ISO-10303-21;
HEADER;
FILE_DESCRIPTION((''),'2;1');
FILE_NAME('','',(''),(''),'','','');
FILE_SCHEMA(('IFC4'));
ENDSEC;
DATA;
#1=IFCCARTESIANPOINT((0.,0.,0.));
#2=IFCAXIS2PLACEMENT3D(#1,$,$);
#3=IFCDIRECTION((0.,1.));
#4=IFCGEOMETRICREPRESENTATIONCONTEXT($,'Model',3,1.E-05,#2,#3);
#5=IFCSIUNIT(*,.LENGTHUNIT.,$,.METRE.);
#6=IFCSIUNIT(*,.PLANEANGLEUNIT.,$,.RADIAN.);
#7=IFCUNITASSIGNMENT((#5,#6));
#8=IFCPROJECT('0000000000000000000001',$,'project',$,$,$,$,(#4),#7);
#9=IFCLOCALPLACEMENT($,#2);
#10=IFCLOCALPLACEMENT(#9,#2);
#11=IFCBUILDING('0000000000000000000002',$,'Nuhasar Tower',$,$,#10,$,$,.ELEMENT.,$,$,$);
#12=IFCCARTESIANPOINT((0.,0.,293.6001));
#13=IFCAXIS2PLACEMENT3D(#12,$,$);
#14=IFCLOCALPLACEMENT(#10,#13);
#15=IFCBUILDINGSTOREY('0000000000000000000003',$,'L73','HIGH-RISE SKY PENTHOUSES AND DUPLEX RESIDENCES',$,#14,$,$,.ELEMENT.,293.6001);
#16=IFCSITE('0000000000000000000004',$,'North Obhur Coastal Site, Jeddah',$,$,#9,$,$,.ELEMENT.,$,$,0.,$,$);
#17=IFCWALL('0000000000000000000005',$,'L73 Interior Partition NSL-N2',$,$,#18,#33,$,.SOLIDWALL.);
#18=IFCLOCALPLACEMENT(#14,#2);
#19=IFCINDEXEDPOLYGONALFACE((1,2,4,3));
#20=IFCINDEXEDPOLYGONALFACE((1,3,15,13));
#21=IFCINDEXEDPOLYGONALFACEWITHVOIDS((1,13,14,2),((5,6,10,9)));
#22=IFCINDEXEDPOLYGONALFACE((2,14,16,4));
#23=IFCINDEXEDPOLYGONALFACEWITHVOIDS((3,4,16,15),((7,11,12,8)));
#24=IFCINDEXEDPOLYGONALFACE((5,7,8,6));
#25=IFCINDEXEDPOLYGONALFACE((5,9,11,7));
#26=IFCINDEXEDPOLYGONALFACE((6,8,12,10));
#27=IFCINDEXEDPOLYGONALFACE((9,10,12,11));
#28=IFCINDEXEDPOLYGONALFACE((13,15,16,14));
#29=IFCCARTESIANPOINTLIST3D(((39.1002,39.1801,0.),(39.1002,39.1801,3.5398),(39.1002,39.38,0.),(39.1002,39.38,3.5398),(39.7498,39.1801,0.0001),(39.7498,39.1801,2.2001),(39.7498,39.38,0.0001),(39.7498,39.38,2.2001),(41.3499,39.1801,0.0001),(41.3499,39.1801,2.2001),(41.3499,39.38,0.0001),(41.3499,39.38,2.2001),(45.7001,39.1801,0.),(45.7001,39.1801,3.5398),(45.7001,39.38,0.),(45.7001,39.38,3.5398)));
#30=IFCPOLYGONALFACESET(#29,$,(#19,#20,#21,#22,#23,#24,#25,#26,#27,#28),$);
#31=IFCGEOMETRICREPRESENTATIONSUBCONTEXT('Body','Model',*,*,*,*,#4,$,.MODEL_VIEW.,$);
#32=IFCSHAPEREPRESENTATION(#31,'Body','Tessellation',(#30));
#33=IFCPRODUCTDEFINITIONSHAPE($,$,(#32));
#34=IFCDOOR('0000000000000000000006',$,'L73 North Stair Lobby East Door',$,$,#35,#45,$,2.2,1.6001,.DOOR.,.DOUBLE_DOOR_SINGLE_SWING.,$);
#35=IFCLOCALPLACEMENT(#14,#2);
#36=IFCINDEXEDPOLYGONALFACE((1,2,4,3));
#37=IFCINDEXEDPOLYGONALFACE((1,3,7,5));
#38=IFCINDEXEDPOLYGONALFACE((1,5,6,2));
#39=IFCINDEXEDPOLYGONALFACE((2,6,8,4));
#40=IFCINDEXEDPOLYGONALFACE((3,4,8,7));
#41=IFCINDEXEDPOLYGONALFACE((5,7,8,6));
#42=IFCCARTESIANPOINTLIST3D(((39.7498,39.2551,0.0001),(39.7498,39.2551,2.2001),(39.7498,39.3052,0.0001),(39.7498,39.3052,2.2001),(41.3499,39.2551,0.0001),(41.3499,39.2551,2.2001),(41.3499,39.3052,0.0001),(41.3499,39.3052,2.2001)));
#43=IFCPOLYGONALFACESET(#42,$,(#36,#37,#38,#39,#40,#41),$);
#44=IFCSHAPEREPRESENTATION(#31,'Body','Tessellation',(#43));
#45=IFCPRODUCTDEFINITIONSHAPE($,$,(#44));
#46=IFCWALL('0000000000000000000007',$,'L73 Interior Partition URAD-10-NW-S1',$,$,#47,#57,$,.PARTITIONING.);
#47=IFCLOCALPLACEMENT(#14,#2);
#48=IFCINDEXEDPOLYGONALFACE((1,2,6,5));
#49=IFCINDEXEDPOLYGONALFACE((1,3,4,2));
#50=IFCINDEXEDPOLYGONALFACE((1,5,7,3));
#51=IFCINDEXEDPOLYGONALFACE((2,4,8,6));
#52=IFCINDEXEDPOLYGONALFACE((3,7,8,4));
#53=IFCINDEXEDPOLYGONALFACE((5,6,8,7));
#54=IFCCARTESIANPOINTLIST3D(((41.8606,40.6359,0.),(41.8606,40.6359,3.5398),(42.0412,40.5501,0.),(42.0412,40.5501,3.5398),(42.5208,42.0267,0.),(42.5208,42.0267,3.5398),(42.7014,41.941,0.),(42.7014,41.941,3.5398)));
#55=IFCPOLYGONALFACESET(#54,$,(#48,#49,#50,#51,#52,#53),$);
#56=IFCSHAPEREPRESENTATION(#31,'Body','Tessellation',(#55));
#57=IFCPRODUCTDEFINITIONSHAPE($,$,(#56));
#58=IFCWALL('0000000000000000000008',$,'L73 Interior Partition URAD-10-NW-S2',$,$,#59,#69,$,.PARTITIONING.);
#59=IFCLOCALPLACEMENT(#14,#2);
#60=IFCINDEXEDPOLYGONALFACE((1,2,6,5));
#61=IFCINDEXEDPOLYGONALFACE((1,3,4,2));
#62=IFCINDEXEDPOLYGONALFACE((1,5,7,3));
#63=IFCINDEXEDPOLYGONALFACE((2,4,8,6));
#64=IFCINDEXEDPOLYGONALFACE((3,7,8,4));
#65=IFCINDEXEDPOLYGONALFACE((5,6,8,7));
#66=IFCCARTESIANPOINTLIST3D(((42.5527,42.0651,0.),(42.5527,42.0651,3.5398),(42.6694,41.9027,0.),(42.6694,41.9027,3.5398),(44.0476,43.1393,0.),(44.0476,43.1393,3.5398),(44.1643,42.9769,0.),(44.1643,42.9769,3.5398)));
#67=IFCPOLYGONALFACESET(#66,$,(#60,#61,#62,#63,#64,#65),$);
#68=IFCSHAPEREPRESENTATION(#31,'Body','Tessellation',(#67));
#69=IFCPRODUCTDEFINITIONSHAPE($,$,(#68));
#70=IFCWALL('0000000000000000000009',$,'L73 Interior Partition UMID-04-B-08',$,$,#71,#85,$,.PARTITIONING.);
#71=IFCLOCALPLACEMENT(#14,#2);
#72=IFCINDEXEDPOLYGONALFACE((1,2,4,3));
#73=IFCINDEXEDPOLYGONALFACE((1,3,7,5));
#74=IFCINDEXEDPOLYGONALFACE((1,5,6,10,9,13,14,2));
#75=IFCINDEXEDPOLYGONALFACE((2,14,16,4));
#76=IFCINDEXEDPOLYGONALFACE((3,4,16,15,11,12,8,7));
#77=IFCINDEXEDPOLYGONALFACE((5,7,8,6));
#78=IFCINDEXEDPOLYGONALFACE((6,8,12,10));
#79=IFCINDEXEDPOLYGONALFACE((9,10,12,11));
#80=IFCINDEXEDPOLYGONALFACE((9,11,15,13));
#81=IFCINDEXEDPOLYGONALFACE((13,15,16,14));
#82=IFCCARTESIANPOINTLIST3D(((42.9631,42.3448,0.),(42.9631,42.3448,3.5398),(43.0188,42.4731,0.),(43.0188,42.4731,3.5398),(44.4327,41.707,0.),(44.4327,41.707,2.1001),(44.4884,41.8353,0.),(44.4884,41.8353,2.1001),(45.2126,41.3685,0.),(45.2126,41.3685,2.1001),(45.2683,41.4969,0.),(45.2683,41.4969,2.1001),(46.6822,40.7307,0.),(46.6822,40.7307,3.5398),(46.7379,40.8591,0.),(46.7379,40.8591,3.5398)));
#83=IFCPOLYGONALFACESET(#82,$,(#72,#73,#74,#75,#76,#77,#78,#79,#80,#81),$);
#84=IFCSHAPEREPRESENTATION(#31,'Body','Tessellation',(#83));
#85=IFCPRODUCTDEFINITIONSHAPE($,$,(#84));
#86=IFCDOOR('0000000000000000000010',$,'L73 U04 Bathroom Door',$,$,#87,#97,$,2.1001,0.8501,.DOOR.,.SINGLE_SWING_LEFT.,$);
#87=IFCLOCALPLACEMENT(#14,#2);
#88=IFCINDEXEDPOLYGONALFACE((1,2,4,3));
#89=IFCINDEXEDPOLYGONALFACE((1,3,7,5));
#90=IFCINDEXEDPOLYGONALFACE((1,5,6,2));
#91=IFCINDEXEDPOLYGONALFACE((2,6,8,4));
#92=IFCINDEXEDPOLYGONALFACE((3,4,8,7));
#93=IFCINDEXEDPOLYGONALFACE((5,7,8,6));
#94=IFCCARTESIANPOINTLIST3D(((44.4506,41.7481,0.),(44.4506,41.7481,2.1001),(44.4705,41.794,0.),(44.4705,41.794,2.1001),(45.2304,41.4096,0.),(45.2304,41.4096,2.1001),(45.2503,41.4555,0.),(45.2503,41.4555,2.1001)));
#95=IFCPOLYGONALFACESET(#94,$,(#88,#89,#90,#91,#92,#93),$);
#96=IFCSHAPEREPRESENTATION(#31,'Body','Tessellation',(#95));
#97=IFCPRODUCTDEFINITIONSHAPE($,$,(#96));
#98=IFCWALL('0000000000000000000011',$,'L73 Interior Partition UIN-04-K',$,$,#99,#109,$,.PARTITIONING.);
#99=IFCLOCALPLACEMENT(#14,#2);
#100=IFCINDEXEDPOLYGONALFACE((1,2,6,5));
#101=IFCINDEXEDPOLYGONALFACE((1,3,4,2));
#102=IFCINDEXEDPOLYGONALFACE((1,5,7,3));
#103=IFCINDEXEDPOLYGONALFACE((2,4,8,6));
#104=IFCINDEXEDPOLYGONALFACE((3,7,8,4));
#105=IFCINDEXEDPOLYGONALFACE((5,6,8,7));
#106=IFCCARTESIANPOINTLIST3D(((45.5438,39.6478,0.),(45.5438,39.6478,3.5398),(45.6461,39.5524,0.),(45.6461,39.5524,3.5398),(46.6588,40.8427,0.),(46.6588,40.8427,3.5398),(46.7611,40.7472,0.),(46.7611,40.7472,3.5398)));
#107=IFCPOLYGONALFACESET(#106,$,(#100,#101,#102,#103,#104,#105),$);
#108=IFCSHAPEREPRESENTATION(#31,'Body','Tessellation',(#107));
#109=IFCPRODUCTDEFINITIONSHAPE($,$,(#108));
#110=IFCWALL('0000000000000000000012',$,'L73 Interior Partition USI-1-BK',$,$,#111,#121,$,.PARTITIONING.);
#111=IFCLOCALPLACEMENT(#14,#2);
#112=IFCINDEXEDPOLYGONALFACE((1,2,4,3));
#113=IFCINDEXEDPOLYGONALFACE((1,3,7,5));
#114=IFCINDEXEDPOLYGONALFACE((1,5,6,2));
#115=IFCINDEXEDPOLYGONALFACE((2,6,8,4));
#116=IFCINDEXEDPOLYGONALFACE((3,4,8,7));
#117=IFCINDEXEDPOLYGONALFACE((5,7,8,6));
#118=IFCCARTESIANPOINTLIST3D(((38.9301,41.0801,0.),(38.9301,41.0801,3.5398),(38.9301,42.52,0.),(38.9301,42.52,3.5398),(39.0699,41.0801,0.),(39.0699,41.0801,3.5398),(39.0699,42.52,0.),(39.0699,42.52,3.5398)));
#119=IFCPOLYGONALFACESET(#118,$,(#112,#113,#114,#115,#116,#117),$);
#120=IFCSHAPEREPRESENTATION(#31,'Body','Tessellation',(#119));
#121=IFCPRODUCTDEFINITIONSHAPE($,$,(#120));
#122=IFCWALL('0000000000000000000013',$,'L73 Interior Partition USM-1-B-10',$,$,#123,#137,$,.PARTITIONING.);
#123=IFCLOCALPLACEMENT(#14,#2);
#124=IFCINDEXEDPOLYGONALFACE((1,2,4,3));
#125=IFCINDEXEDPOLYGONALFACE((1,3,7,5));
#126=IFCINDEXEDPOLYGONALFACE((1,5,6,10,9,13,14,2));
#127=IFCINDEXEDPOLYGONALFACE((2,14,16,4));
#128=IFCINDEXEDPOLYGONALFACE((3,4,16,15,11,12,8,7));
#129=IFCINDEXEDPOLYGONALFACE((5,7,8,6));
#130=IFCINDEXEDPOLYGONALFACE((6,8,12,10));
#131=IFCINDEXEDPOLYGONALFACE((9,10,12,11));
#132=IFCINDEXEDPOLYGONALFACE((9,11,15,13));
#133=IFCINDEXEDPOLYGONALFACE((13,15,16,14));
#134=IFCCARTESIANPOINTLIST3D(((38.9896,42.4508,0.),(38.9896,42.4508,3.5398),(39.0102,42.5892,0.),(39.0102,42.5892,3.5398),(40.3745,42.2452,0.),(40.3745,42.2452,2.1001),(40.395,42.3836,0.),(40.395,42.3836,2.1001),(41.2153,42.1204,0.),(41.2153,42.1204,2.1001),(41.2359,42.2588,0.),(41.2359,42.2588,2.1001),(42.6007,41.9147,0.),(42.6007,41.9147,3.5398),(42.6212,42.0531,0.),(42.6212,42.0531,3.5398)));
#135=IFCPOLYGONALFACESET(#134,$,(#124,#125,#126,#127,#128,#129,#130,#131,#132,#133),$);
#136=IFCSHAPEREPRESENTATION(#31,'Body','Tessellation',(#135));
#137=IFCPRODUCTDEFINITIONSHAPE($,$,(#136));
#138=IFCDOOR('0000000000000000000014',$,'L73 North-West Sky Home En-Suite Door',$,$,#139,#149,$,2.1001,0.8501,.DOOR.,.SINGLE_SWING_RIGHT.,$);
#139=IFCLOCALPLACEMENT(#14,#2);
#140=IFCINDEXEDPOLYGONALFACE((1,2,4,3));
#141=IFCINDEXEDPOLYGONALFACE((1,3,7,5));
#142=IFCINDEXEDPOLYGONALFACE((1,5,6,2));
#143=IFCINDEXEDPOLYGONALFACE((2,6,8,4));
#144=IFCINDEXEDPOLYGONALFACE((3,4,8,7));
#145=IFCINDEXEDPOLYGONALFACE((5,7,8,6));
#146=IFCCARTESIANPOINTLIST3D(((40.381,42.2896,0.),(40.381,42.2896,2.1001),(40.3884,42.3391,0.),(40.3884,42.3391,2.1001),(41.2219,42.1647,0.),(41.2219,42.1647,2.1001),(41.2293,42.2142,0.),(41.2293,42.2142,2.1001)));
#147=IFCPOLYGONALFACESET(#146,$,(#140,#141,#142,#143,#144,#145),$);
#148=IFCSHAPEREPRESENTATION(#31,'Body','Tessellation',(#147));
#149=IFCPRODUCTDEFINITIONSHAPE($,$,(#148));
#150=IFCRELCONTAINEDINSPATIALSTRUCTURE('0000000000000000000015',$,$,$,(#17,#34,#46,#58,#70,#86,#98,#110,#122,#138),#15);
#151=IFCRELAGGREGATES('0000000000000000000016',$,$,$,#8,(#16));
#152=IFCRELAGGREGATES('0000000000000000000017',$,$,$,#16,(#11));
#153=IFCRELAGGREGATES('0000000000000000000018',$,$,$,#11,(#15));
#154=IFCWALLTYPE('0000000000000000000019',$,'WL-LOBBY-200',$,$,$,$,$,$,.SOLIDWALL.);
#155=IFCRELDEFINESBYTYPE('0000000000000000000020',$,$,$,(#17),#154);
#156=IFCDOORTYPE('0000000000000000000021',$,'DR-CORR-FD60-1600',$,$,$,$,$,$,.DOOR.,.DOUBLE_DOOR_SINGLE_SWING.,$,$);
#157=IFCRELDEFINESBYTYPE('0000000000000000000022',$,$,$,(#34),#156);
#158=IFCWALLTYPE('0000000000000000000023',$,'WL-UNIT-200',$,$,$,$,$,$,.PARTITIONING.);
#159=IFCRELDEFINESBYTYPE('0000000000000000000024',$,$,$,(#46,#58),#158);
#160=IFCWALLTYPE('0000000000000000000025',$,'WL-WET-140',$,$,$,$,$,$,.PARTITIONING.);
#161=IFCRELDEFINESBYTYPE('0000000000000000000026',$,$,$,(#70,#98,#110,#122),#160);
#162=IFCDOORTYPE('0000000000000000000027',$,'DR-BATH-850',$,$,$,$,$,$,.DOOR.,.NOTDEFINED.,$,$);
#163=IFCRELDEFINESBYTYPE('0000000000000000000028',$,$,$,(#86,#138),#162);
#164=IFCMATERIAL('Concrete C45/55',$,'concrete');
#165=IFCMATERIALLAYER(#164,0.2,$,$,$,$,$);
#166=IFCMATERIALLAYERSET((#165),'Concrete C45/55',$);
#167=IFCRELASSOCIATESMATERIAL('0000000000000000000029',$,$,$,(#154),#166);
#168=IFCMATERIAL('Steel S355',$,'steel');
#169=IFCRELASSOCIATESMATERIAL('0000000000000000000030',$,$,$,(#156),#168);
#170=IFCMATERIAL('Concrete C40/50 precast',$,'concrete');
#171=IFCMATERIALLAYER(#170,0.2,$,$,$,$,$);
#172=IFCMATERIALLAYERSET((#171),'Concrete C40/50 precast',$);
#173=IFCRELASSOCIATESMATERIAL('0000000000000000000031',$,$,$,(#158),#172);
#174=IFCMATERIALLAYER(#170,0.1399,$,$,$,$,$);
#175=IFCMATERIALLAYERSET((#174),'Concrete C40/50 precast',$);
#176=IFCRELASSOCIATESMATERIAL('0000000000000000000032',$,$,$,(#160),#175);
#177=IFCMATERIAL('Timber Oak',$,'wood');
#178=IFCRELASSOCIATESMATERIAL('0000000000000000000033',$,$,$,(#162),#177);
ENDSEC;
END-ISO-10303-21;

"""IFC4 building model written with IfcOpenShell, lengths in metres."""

from ifc_helpers import new_model, si_unit, direction, frame, frame_2d, origin, place, context, subcontext, project, spatial, rectangle, extrude, material, layer, layer_set, type_object, element, fill, save


model = new_model("IFC4")

# Units and contexts
model_context = context("Model", 3, precision=1e-05, world=origin(), true_north=direction((0.0, 1.0)))
body_context = subcontext(model_context, "Body", "Model", "MODEL_VIEW")
ifc_project = project(units=[si_unit("LENGTHUNIT", "METRE"), si_unit("PLANEANGLEUNIT", "RADIAN")], contexts=[model_context])

# Site, building, storey
site_placement = place(None, origin())
site = spatial("IfcSite", under=ifc_project, at=site_placement, Name="North Obhur Coastal Site, Jeddah", CompositionType="ELEMENT", RefElevation=0.0)
building_placement = place(site_placement, origin())
building = spatial("IfcBuilding", under=site, at=building_placement, Name="Nuhasar Tower", CompositionType="ELEMENT")
storey_placement = place(building_placement, frame((0.0, 0.0, 293.6001)))
storey = spatial("IfcBuildingStorey", under=building, at=storey_placement, Name="L73", Description="HIGH-RISE SKY PENTHOUSES AND DUPLEX RESIDENCES", CompositionType="ELEMENT", Elevation=293.6001)

# Shared definitions
ifc_material_1 = material(Name="Steel S355", Category="steel")

# Shared definitions
ifc_material_2 = material(Name="Concrete C45/55", Category="concrete")
ifc_layer_1 = layer(ifc_material_2, 0.2)
ifc_layer_set_1 = layer_set([ifc_layer_1], Name="Concrete C45/55")
wall_type_1 = type_object("IfcWallType", Name="WL-LOBBY-200", PredefinedType="SOLIDWALL", material=ifc_layer_set_1)

# Wall, opening, door
wall_1_placement = place(storey_placement, frame((45.7, 39.28, 0.0), z_axis=(0.0, 0.0, 1.0), x_axis=(-1.0, 0.0, 0.0)))
wall_1 = element("IfcWall", 1, at=wall_1_placement, inside=storey, type_object=wall_type_1, Name="L73 Interior Partition NSL-N2", PredefinedType="SOLIDWALL", context=body_context, shape_type="SweptSolid", body=[
    extrude(rectangle(XDim=6.5999, YDim=0.2, at=frame_2d((3.2998, 0.0))), origin(), (0.0, 0.0, 1.0), 3.5398),
])
opening_1_placement = place(wall_1_placement, frame((4.3501, 0.0, 0.0)))
opening_1 = element("IfcOpeningElement", 2, at=opening_1_placement, cuts=wall_1, PredefinedType="OPENING", context=body_context, shape_type="SweptSolid", body=[
    extrude(rectangle(XDim=1.6001, YDim=2.2, at=frame_2d((0.8, 1.1001))), frame((0.0, 0.1099, 0.0), z_axis=(0.0, -1.0, 0.0), x_axis=(1.0, 0.0, 0.0)), (0.0, 0.0, 1.0), 0.22),
])
door_type_1 = type_object("IfcDoorType", Name="DR-CORR-FD60-1600", OperationType="DOUBLE_DOOR_SINGLE_SWING", PredefinedType="DOOR", material=ifc_material_1)
door_1_placement = place(opening_1_placement, origin())
door_1 = element("IfcDoor", 3, at=door_1_placement, inside=storey, type_object=door_type_1, Name="L73 North Stair Lobby East Door", OperationType="DOUBLE_DOOR_SINGLE_SWING", OverallHeight=2.2, OverallWidth=1.6001, PredefinedType="DOOR", context=body_context, shape_type="SweptSolid", body=[
    extrude(rectangle(XDim=1.6001, YDim=2.2, at=frame_2d((0.8, 1.1001))), frame((0.0, 0.0249, 0.0), z_axis=(0.0, -1.0, 0.0), x_axis=(1.0, 0.0, 0.0)), (0.0, 0.0, 1.0), 0.05),
])
fill(opening_1, door_1)

# Walls
ifc_material_3 = material(Name="Concrete C40/50 precast", Category="concrete")
ifc_layer_2 = layer(ifc_material_3, 0.2)
ifc_layer_set_2 = layer_set([ifc_layer_2], Name="Concrete C40/50 precast")
wall_type_2 = type_object("IfcWallType", Name="WL-UNIT-200", PredefinedType="PARTITIONING", material=ifc_layer_set_2)
wall_2_placement = place(storey_placement, frame((41.9509, 40.593, 0.0), z_axis=(0.0, 0.0, 1.0), x_axis=(0.428788, 0.903405, 0.0)))
element("IfcWall", 4, at=wall_2_placement, inside=storey, type_object=wall_type_2, Name="L73 Interior Partition URAD-10-NW-S1", PredefinedType="PARTITIONING", context=body_context, shape_type="SweptSolid", body=[
    extrude(rectangle(XDim=1.5396, YDim=0.2, at=frame_2d((0.7698, 0.0))), origin(), (0.0, 0.0, 1.0), 3.5398),
])
wall_3_placement = place(storey_placement, frame((42.6111, 41.9839, 0.0), z_axis=(0.0, 0.0, 1.0), x_axis=(0.812072, 0.583557, 0.0)))
element("IfcWall", 5, at=wall_3_placement, inside=storey, type_object=wall_type_2, Name="L73 Interior Partition URAD-10-NW-S2", PredefinedType="PARTITIONING", context=body_context, shape_type="SweptSolid", body=[
    extrude(rectangle(XDim=1.8408, YDim=0.2, at=frame_2d((0.9204, 0.0))), origin(), (0.0, 0.0, 1.0), 3.5398),
])

# Wall, opening, door
ifc_layer_3 = layer(ifc_material_3, 0.1399)
ifc_layer_set_3 = layer_set([ifc_layer_3], Name="Concrete C40/50 precast")
wall_type_3 = type_object("IfcWallType", Name="WL-WET-140", PredefinedType="PARTITIONING", material=ifc_layer_set_3)
wall_4_placement = place(storey_placement, frame((42.991, 42.4089, 0.0), z_axis=(0.0, 0.0, 1.0), x_axis=(0.917335, -0.398116, 0.0)))
wall_4 = element("IfcWall", 6, at=wall_4_placement, inside=storey, type_object=wall_type_3, Name="L73 Interior Partition UMID-04-B-08", PredefinedType="PARTITIONING", context=body_context, shape_type="SweptSolid", body=[
    extrude(rectangle(XDim=4.0542, YDim=0.1399, at=frame_2d((2.0271, 0.0))), origin(), (0.0, 0.0, 1.0), 3.5398),
])
opening_2_placement = place(wall_4_placement, frame((1.6021, 0.0, 0.0)))
opening_2 = element("IfcOpeningElement", 7, at=opening_2_placement, cuts=wall_4, PredefinedType="OPENING", context=body_context, shape_type="SweptSolid", body=[
    extrude(rectangle(XDim=0.8501, YDim=2.1001, at=frame_2d((0.425, 1.05))), frame((0.0, 0.0801, 0.0), z_axis=(0.0, -1.0, 0.0), x_axis=(1.0, 0.0, 0.0)), (0.0, 0.0, 1.0), 0.1599),
])
ifc_material_4 = material(Name="Timber Oak", Category="wood")
door_type_2 = type_object("IfcDoorType", Name="DR-BATH-850", OperationType="NOTDEFINED", PredefinedType="DOOR", material=ifc_material_4)
door_2_placement = place(opening_2_placement, origin())
door_2 = element("IfcDoor", 8, at=door_2_placement, inside=storey, type_object=door_type_2, Name="L73 U04 Bathroom Door", OperationType="SINGLE_SWING_LEFT", OverallHeight=2.1001, OverallWidth=0.8501, PredefinedType="DOOR", context=body_context, shape_type="SweptSolid", body=[
    extrude(rectangle(XDim=0.8501, YDim=2.1001, at=frame_2d((0.425, 1.05))), frame((0.0, 0.0249, 0.0), z_axis=(0.0, -1.0, 0.0), x_axis=(1.0, 0.0, 0.0)), (0.0, 0.0, 1.0), 0.05),
])
fill(opening_2, door_2)

# Walls
wall_5_placement = place(storey_placement, frame((45.595, 39.6001, 0.0), z_axis=(0.0, 0.0, 1.0), x_axis=(0.68226, 0.73111, 0.0)))
element("IfcWall", 9, at=wall_5_placement, inside=storey, type_object=wall_type_3, Name="L73 Interior Partition UIN-04-K", PredefinedType="PARTITIONING", context=body_context, shape_type="SweptSolid", body=[
    extrude(rectangle(XDim=1.6343, YDim=0.1399, at=frame_2d((0.8171, 0.0))), origin(), (0.0, 0.0, 1.0), 3.5398),
])
wall_6_placement = place(storey_placement, frame((39.0, 41.0801, 0.0), z_axis=(0.0, 0.0, 1.0), x_axis=(0.0, 1.0, 0.0)))
element("IfcWall", 10, at=wall_6_placement, inside=storey, type_object=wall_type_3, Name="L73 Interior Partition USI-1-BK", PredefinedType="PARTITIONING", context=body_context, shape_type="SweptSolid", body=[
    extrude(rectangle(XDim=1.4399, YDim=0.1399, at=frame_2d((0.72, 0.0))), origin(), (0.0, 0.0, 1.0), 3.5398),
])

# Wall, opening, door
wall_7_placement = place(storey_placement, frame((39.0, 42.52, 0.0), z_axis=(0.0, 0.0, 1.0), x_axis=(0.989157, -0.146859, 0.0)))
wall_7 = element("IfcWall", 11, at=wall_7_placement, inside=storey, type_object=wall_type_3, Name="L73 Interior Partition USM-1-B-10", PredefinedType="PARTITIONING", context=body_context, shape_type="SweptSolid", body=[
    extrude(rectangle(XDim=3.6506, YDim=0.1399, at=frame_2d((1.8252, 0.0))), origin(), (0.0, 0.0, 1.0), 3.5398),
])
opening_3_placement = place(wall_7_placement, frame((1.3999, 0.0, 0.0)))
opening_3 = element("IfcOpeningElement", 12, at=opening_3_placement, cuts=wall_7, PredefinedType="OPENING", context=body_context, shape_type="SweptSolid", body=[
    extrude(rectangle(XDim=0.8501, YDim=2.1001, at=frame_2d((0.425, 1.05))), frame((0.0, 0.0801, 0.0), z_axis=(0.0, -1.0, 0.0), x_axis=(1.0, 0.0, 0.0)), (0.0, 0.0, 1.0), 0.1599),
])
door_3_placement = place(opening_3_placement, origin())
door_3 = element("IfcDoor", 13, at=door_3_placement, inside=storey, type_object=door_type_2, Name="L73 North-West Sky Home En-Suite Door", OperationType="SINGLE_SWING_RIGHT", OverallHeight=2.1001, OverallWidth=0.8501, PredefinedType="DOOR", context=body_context, shape_type="SweptSolid", body=[
    extrude(rectangle(XDim=0.8501, YDim=2.1001, at=frame_2d((0.425, 1.05))), frame((0.0, 0.0249, 0.0), z_axis=(0.0, -1.0, 0.0), x_axis=(1.0, 0.0, 0.0)), (0.0, 0.0, 1.0), 0.05),
])
fill(opening_3, door_3)

save(model, "model.ifc")
